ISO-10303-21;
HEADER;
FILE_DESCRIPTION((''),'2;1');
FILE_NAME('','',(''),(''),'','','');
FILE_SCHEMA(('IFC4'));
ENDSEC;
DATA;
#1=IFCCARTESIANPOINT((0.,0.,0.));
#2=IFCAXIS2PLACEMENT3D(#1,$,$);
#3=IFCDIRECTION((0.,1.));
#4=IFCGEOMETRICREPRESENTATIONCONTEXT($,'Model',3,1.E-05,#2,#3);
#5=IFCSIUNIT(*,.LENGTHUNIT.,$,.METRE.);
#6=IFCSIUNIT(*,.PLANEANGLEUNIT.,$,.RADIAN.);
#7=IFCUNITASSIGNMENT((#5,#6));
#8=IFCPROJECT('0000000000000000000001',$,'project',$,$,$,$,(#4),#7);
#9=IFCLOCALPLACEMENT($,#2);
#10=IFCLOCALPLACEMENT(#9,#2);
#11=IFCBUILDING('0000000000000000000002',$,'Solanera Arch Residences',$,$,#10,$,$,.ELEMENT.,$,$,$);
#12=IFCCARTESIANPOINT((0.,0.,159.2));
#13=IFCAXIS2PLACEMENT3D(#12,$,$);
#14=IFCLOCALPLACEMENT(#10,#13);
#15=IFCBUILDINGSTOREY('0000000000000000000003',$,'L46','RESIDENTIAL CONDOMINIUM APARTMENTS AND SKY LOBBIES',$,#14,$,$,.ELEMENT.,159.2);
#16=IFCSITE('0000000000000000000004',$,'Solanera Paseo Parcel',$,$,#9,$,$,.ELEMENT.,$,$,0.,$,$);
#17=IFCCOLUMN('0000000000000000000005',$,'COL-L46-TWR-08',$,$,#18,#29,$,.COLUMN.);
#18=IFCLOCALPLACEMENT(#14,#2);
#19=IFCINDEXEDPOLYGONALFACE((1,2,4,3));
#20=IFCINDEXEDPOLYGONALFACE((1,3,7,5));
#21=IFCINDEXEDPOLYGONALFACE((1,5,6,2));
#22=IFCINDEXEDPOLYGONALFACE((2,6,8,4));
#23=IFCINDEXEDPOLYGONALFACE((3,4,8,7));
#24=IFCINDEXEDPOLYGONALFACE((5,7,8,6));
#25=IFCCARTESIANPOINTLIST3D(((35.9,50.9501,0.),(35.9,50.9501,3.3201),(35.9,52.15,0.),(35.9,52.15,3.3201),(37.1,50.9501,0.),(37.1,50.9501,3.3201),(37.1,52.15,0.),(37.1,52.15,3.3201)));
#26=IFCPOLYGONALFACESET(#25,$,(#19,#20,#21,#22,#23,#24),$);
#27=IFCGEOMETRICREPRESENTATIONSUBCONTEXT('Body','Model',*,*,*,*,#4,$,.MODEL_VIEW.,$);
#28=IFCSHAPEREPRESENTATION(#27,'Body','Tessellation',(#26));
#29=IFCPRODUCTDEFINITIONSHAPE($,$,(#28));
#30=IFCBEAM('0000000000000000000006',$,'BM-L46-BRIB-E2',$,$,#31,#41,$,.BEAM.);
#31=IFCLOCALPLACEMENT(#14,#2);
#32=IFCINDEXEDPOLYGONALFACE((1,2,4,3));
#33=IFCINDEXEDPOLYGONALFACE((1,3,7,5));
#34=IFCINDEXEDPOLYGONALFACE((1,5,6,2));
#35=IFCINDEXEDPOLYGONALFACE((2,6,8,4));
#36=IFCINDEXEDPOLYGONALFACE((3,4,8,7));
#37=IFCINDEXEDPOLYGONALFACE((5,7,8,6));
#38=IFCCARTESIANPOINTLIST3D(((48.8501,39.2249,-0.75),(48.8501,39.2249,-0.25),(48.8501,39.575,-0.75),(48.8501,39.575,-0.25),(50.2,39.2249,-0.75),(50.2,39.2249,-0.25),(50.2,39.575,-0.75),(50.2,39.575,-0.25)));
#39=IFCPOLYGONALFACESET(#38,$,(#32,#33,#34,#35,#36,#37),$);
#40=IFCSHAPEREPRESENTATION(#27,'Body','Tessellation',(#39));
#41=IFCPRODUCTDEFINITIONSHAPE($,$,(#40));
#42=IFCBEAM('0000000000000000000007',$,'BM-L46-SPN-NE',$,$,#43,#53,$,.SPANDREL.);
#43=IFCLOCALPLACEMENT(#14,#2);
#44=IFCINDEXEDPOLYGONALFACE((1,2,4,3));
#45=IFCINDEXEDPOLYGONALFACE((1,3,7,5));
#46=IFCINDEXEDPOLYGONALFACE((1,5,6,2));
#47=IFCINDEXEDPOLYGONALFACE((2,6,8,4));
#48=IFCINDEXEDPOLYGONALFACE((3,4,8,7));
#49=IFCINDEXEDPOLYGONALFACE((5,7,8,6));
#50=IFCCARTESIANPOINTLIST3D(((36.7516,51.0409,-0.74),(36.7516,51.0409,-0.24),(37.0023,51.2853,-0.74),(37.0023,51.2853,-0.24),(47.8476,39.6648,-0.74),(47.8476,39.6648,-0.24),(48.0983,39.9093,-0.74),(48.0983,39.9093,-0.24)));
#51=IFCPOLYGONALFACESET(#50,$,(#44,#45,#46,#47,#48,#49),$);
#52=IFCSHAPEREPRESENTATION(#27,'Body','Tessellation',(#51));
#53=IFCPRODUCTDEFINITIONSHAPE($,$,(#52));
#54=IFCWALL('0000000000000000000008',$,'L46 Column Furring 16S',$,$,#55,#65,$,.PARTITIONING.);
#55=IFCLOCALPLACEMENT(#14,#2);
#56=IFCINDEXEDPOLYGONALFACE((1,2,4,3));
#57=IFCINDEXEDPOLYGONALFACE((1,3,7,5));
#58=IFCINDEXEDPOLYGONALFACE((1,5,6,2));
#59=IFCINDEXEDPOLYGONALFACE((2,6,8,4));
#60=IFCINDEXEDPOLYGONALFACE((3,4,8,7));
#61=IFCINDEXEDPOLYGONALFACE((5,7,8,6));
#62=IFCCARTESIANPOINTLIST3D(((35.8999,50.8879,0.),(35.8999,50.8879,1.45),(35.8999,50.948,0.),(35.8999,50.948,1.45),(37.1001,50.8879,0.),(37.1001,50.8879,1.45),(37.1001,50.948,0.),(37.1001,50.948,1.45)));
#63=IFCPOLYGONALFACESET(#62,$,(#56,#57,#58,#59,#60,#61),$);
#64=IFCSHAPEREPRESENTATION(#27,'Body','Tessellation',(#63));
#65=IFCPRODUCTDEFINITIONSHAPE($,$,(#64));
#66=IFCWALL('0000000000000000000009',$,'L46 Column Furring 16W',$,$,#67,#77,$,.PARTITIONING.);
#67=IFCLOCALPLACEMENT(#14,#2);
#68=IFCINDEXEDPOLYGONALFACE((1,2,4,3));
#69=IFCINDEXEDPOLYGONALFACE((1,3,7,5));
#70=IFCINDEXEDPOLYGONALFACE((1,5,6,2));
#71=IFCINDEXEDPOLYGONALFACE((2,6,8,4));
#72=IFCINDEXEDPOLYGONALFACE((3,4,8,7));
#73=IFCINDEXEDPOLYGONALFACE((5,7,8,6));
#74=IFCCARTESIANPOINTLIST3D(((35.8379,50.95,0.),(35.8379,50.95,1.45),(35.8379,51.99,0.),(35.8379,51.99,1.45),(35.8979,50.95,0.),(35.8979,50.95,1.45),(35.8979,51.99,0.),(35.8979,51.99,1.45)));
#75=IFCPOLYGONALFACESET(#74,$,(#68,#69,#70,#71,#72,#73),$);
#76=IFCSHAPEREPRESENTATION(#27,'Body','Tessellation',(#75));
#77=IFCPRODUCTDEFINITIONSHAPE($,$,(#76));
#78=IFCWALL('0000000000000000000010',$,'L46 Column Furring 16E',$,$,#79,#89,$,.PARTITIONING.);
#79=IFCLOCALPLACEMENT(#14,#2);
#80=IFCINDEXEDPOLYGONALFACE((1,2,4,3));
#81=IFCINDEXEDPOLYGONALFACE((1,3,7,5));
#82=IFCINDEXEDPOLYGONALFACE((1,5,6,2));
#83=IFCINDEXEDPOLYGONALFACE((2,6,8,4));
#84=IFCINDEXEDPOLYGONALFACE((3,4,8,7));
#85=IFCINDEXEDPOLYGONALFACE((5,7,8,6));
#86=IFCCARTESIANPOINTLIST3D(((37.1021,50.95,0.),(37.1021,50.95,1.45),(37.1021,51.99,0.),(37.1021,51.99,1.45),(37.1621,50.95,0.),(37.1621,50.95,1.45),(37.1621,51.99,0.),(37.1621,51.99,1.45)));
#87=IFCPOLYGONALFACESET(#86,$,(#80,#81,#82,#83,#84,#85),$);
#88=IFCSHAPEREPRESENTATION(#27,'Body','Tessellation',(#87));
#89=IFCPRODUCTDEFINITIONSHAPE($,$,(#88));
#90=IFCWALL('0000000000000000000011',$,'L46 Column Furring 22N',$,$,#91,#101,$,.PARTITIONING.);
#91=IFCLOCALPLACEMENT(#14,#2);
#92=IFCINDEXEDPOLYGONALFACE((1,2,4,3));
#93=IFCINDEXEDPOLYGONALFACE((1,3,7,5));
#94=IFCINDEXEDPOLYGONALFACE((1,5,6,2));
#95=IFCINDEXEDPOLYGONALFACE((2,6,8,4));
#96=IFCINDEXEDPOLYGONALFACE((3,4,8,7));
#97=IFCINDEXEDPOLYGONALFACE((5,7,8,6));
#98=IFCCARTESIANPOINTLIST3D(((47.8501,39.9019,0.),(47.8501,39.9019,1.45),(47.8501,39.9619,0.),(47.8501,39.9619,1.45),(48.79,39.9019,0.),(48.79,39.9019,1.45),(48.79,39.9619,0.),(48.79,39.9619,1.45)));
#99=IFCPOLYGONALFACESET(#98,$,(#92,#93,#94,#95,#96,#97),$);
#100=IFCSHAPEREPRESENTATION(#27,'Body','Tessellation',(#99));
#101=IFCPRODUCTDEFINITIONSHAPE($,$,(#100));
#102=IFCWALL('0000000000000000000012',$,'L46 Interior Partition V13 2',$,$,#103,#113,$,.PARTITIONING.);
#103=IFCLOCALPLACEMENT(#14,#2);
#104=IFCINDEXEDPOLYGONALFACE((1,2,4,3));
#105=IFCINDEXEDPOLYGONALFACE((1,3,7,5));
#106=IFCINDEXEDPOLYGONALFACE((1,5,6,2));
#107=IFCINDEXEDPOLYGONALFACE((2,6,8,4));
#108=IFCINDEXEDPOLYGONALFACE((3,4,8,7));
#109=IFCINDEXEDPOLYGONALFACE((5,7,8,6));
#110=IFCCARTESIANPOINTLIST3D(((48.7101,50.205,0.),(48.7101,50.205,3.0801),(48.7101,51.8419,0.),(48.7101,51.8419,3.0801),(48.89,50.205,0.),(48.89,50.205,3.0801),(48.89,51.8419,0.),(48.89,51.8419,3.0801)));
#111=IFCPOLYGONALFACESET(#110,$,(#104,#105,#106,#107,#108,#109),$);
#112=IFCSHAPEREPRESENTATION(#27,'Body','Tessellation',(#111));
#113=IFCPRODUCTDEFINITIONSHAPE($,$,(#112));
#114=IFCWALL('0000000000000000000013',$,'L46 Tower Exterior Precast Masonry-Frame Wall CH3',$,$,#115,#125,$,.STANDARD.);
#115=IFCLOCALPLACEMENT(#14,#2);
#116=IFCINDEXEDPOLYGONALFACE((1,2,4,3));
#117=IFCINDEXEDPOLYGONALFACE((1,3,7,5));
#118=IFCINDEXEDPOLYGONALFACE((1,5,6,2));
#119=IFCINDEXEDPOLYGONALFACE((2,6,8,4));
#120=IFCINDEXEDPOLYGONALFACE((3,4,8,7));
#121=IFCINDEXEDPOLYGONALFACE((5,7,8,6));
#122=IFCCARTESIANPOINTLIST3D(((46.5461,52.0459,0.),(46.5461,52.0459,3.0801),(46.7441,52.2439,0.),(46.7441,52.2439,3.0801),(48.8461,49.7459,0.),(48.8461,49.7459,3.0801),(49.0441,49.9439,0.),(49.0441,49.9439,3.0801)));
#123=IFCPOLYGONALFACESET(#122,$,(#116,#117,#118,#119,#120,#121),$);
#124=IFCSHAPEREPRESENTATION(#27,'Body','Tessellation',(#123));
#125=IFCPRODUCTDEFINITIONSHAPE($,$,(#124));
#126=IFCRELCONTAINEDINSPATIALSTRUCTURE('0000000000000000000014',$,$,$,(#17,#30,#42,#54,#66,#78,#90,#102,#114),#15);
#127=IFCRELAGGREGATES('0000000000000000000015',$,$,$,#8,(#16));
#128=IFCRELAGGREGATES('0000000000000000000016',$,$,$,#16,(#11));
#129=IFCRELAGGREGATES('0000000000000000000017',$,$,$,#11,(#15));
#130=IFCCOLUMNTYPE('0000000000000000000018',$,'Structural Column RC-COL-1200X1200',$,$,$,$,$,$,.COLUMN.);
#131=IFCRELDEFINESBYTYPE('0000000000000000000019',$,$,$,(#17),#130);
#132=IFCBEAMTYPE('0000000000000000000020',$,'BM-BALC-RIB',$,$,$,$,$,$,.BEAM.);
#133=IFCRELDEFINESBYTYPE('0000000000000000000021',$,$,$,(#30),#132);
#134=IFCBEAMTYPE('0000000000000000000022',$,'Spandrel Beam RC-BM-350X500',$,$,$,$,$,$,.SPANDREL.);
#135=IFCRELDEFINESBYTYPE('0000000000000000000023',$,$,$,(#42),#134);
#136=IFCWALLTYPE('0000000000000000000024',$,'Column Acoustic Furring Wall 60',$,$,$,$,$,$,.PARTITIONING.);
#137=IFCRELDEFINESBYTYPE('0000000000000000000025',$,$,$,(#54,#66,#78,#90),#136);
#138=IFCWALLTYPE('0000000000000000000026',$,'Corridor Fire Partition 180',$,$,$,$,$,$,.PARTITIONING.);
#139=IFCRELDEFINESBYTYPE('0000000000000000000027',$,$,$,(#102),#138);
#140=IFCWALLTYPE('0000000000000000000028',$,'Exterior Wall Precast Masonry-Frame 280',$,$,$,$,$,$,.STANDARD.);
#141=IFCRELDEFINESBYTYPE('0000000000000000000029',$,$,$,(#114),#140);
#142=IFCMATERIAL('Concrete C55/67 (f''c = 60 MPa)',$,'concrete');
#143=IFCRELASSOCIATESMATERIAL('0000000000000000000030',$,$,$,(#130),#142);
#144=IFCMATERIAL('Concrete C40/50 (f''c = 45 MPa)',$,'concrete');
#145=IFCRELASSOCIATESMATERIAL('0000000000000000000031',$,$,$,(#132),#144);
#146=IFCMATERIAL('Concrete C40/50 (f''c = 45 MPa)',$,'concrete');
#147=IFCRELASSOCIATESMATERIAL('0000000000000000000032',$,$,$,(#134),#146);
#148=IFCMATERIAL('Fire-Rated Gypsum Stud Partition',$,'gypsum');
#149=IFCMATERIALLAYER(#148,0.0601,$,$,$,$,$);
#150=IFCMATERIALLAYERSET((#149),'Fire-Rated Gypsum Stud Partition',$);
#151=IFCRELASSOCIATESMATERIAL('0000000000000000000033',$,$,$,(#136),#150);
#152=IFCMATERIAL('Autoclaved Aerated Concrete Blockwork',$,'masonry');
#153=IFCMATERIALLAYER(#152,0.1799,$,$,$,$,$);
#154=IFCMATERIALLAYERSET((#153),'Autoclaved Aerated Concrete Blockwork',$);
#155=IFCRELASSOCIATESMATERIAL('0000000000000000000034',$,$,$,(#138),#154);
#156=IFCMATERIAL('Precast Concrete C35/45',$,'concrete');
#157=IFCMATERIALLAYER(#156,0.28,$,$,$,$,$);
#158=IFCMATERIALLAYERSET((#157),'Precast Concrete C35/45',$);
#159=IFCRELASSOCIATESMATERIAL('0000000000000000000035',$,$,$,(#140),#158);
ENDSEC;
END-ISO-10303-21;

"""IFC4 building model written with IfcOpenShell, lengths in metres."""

from ifc_helpers import new_model, si_unit, direction, frame, frame_2d, origin, origin_2d, place, context, subcontext, project, spatial, rectangle, extrude, material, layer, layer_set, material_profile, profile_set, type_object, element, save


model = new_model("IFC4")

# Units and contexts
model_context = context("Model", 3, precision=1e-05, world=origin(), true_north=direction((0.0, 1.0)))
body_context = subcontext(model_context, "Body", "Model", "MODEL_VIEW")
ifc_project = project(units=[si_unit("LENGTHUNIT", "METRE"), si_unit("PLANEANGLEUNIT", "RADIAN")], contexts=[model_context])

# Site, building, storey
site_placement = place(None, origin())
site = spatial("IfcSite", under=ifc_project, at=site_placement, Name="Solanera Paseo Parcel", CompositionType="ELEMENT", RefElevation=0.0)
building_placement = place(site_placement, origin())
building = spatial("IfcBuilding", under=site, at=building_placement, Name="Solanera Arch Residences", CompositionType="ELEMENT")
storey_placement = place(building_placement, frame((0.0, 0.0, 159.2)))
storey = spatial("IfcBuildingStorey", under=building, at=storey_placement, Name="L46", Description="RESIDENTIAL CONDOMINIUM APARTMENTS AND SKY LOBBIES", CompositionType="ELEMENT", Elevation=159.2)

# Column
ifc_material_1 = material(Name="Concrete C55/67 (f'c = 60 MPa)", Category="concrete")
ifc_material_profile_1 = material_profile(ifc_material_1, rectangle(XDim=1.2, YDim=1.2, at=origin_2d()))
ifc_profile_set_1 = profile_set([ifc_material_profile_1], Name="Concrete C55/67 (f'c = 60 MPa)")
column_type = type_object("IfcColumnType", Name="Structural Column RC-COL-1200X1200", PredefinedType="COLUMN", material=ifc_profile_set_1)
column_placement = place(storey_placement, frame((36.5, 51.55, 0.0), z_axis=(0.0, 0.0, 1.0), x_axis=(1.0, 0.0, 0.0)))
element("IfcColumn", 1, at=column_placement, inside=storey, type_object=column_type, Name="COL-L46-TWR-08", PredefinedType="COLUMN", context=body_context, shape_type="SweptSolid", body=[
    extrude(rectangle(XDim=1.2, YDim=1.2, at=origin_2d()), origin(), (0.0, 0.0, 1.0), 3.3201),
])

# Beams
ifc_material_2 = material(Name="Concrete C40/50 (f'c = 45 MPa)", Category="concrete")
ifc_material_profile_2 = material_profile(ifc_material_2, rectangle(XDim=0.3501, YDim=0.5, at=origin_2d()))
ifc_profile_set_2 = profile_set([ifc_material_profile_2], Name="Concrete C40/50 (f'c = 45 MPa)")
beam_type_1 = type_object("IfcBeamType", Name="BM-BALC-RIB", PredefinedType="BEAM", material=ifc_profile_set_2)
beam_1_placement = place(storey_placement, frame((48.8501, 39.3999, -0.5), z_axis=(1.0, 0.0, 0.0), x_axis=(0.0, 1.0, 0.0)))
element("IfcBeam", 2, at=beam_1_placement, inside=storey, type_object=beam_type_1, Name="BM-L46-BRIB-E2", PredefinedType="BEAM", context=body_context, shape_type="SweptSolid", body=[
    extrude(rectangle(XDim=0.3501, YDim=0.5, at=origin_2d()), origin(), (0.0, 0.0, 1.0), 1.3499),
])
ifc_material_3 = material(Name="Concrete C40/50 (f'c = 45 MPa)", Category="concrete")
ifc_material_profile_3 = material_profile(ifc_material_3, rectangle(XDim=0.3501, YDim=0.5, at=origin_2d()))
ifc_profile_set_3 = profile_set([ifc_material_profile_3], Name="Concrete C40/50 (f'c = 45 MPa)")
beam_type_2 = type_object("IfcBeamType", Name="Spandrel Beam RC-BM-350X500", PredefinedType="SPANDREL", material=ifc_profile_set_3)
beam_2_placement = place(storey_placement, frame((36.877, 51.1631, -0.49), z_axis=(0.698241, -0.715863, 0.0), x_axis=(0.715863, 0.698241, 0.0)))
element("IfcBeam", 3, at=beam_2_placement, inside=storey, type_object=beam_type_2, Name="BM-L46-SPN-NE", PredefinedType="SPANDREL", context=body_context, shape_type="SweptSolid", body=[
    extrude(rectangle(XDim=0.3501, YDim=0.5, at=origin_2d()), origin(), (0.0, 0.0, 1.0), 15.8914),
])

# Walls
ifc_material_4 = material(Name="Fire-Rated Gypsum Stud Partition", Category="gypsum")
ifc_layer_1 = layer(ifc_material_4, 0.0601)
ifc_layer_set_1 = layer_set([ifc_layer_1], Name="Fire-Rated Gypsum Stud Partition")
wall_type_1 = type_object("IfcWallType", Name="Column Acoustic Furring Wall 60", PredefinedType="PARTITIONING", material=ifc_layer_set_1)
wall_1_placement = place(storey_placement, frame((35.8999, 50.918, 0.0), z_axis=(0.0, 0.0, 1.0), x_axis=(1.0, 0.0, 0.0)))
element("IfcWall", 4, at=wall_1_placement, inside=storey, type_object=wall_type_1, Name="L46 Column Furring 16S", PredefinedType="PARTITIONING", context=body_context, shape_type="SweptSolid", body=[
    extrude(rectangle(XDim=1.2002, YDim=0.0601, at=frame_2d((0.6001, 0.0))), origin(), (0.0, 0.0, 1.0), 1.45),
])
for number, where, z_axis, x_axis, name in (
    (5, (35.8679, 50.95, 0.0), (0.0, 0.0, 1.0), (0.0, 1.0, 0.0), "L46 Column Furring 16W"),
    (6, (37.1321, 50.95, 0.0), (0.0, 0.0, 1.0), (0.0, 1.0, 0.0), "L46 Column Furring 16E"),
):
    element("IfcWall", number, at=place(storey_placement, frame(where, z_axis=z_axis, x_axis=x_axis)), inside=storey, type_object=wall_type_1, Name=name, PredefinedType="PARTITIONING", context=body_context, shape_type="SweptSolid", body=[
        extrude(rectangle(XDim=1.04, YDim=0.0601, at=frame_2d((0.52, 0.0))), origin(), (0.0, 0.0, 1.0), 1.45),
    ])
wall_2_placement = place(storey_placement, frame((47.8501, 39.9319, 0.0), z_axis=(0.0, 0.0, 1.0), x_axis=(1.0, 0.0, 0.0)))
element("IfcWall", 7, at=wall_2_placement, inside=storey, type_object=wall_type_1, Name="L46 Column Furring 22N", PredefinedType="PARTITIONING", context=body_context, shape_type="SweptSolid", body=[
    extrude(rectangle(XDim=0.9399, YDim=0.0601, at=frame_2d((0.47, 0.0))), origin(), (0.0, 0.0, 1.0), 1.45),
])
ifc_material_5 = material(Name="Autoclaved Aerated Concrete Blockwork", Category="masonry")
ifc_layer_2 = layer(ifc_material_5, 0.1799)
ifc_layer_set_2 = layer_set([ifc_layer_2], Name="Autoclaved Aerated Concrete Blockwork")
wall_type_2 = type_object("IfcWallType", Name="Corridor Fire Partition 180", PredefinedType="PARTITIONING", material=ifc_layer_set_2)
wall_3_placement = place(storey_placement, frame((48.8, 50.2051, 0.0), z_axis=(0.0, 0.0, 1.0), x_axis=(0.0, 1.0, 0.0)))
element("IfcWall", 8, at=wall_3_placement, inside=storey, type_object=wall_type_2, Name="L46 Interior Partition V13 2", PredefinedType="PARTITIONING", context=body_context, shape_type="SweptSolid", body=[
    extrude(rectangle(XDim=1.637, YDim=0.1799, at=frame_2d((0.8184, 0.0))), origin(), (0.0, 0.0, 1.0), 3.0801),
])
ifc_material_6 = material(Name="Precast Concrete C35/45", Category="concrete")
ifc_layer_3 = layer(ifc_material_6, 0.28)
ifc_layer_set_3 = layer_set([ifc_layer_3], Name="Precast Concrete C35/45")
wall_type_3 = type_object("IfcWallType", Name="Exterior Wall Precast Masonry-Frame 280", PredefinedType="STANDARD", material=ifc_layer_set_3)
wall_4_placement = place(storey_placement, frame((46.645, 52.145, 0.0), z_axis=(0.0, 0.0, 1.0), x_axis=(0.707107, -0.707107, 0.0)))
element("IfcWall", 9, at=wall_4_placement, inside=storey, type_object=wall_type_3, Name="L46 Tower Exterior Precast Masonry-Frame Wall CH3", PredefinedType="STANDARD", context=body_context, shape_type="SweptSolid", body=[
    extrude(rectangle(XDim=3.2527, YDim=0.28, at=frame_2d((1.6265, 0.0))), origin(), (0.0, 0.0, 1.0), 3.0801),
])

save(model, "model.ifc")
